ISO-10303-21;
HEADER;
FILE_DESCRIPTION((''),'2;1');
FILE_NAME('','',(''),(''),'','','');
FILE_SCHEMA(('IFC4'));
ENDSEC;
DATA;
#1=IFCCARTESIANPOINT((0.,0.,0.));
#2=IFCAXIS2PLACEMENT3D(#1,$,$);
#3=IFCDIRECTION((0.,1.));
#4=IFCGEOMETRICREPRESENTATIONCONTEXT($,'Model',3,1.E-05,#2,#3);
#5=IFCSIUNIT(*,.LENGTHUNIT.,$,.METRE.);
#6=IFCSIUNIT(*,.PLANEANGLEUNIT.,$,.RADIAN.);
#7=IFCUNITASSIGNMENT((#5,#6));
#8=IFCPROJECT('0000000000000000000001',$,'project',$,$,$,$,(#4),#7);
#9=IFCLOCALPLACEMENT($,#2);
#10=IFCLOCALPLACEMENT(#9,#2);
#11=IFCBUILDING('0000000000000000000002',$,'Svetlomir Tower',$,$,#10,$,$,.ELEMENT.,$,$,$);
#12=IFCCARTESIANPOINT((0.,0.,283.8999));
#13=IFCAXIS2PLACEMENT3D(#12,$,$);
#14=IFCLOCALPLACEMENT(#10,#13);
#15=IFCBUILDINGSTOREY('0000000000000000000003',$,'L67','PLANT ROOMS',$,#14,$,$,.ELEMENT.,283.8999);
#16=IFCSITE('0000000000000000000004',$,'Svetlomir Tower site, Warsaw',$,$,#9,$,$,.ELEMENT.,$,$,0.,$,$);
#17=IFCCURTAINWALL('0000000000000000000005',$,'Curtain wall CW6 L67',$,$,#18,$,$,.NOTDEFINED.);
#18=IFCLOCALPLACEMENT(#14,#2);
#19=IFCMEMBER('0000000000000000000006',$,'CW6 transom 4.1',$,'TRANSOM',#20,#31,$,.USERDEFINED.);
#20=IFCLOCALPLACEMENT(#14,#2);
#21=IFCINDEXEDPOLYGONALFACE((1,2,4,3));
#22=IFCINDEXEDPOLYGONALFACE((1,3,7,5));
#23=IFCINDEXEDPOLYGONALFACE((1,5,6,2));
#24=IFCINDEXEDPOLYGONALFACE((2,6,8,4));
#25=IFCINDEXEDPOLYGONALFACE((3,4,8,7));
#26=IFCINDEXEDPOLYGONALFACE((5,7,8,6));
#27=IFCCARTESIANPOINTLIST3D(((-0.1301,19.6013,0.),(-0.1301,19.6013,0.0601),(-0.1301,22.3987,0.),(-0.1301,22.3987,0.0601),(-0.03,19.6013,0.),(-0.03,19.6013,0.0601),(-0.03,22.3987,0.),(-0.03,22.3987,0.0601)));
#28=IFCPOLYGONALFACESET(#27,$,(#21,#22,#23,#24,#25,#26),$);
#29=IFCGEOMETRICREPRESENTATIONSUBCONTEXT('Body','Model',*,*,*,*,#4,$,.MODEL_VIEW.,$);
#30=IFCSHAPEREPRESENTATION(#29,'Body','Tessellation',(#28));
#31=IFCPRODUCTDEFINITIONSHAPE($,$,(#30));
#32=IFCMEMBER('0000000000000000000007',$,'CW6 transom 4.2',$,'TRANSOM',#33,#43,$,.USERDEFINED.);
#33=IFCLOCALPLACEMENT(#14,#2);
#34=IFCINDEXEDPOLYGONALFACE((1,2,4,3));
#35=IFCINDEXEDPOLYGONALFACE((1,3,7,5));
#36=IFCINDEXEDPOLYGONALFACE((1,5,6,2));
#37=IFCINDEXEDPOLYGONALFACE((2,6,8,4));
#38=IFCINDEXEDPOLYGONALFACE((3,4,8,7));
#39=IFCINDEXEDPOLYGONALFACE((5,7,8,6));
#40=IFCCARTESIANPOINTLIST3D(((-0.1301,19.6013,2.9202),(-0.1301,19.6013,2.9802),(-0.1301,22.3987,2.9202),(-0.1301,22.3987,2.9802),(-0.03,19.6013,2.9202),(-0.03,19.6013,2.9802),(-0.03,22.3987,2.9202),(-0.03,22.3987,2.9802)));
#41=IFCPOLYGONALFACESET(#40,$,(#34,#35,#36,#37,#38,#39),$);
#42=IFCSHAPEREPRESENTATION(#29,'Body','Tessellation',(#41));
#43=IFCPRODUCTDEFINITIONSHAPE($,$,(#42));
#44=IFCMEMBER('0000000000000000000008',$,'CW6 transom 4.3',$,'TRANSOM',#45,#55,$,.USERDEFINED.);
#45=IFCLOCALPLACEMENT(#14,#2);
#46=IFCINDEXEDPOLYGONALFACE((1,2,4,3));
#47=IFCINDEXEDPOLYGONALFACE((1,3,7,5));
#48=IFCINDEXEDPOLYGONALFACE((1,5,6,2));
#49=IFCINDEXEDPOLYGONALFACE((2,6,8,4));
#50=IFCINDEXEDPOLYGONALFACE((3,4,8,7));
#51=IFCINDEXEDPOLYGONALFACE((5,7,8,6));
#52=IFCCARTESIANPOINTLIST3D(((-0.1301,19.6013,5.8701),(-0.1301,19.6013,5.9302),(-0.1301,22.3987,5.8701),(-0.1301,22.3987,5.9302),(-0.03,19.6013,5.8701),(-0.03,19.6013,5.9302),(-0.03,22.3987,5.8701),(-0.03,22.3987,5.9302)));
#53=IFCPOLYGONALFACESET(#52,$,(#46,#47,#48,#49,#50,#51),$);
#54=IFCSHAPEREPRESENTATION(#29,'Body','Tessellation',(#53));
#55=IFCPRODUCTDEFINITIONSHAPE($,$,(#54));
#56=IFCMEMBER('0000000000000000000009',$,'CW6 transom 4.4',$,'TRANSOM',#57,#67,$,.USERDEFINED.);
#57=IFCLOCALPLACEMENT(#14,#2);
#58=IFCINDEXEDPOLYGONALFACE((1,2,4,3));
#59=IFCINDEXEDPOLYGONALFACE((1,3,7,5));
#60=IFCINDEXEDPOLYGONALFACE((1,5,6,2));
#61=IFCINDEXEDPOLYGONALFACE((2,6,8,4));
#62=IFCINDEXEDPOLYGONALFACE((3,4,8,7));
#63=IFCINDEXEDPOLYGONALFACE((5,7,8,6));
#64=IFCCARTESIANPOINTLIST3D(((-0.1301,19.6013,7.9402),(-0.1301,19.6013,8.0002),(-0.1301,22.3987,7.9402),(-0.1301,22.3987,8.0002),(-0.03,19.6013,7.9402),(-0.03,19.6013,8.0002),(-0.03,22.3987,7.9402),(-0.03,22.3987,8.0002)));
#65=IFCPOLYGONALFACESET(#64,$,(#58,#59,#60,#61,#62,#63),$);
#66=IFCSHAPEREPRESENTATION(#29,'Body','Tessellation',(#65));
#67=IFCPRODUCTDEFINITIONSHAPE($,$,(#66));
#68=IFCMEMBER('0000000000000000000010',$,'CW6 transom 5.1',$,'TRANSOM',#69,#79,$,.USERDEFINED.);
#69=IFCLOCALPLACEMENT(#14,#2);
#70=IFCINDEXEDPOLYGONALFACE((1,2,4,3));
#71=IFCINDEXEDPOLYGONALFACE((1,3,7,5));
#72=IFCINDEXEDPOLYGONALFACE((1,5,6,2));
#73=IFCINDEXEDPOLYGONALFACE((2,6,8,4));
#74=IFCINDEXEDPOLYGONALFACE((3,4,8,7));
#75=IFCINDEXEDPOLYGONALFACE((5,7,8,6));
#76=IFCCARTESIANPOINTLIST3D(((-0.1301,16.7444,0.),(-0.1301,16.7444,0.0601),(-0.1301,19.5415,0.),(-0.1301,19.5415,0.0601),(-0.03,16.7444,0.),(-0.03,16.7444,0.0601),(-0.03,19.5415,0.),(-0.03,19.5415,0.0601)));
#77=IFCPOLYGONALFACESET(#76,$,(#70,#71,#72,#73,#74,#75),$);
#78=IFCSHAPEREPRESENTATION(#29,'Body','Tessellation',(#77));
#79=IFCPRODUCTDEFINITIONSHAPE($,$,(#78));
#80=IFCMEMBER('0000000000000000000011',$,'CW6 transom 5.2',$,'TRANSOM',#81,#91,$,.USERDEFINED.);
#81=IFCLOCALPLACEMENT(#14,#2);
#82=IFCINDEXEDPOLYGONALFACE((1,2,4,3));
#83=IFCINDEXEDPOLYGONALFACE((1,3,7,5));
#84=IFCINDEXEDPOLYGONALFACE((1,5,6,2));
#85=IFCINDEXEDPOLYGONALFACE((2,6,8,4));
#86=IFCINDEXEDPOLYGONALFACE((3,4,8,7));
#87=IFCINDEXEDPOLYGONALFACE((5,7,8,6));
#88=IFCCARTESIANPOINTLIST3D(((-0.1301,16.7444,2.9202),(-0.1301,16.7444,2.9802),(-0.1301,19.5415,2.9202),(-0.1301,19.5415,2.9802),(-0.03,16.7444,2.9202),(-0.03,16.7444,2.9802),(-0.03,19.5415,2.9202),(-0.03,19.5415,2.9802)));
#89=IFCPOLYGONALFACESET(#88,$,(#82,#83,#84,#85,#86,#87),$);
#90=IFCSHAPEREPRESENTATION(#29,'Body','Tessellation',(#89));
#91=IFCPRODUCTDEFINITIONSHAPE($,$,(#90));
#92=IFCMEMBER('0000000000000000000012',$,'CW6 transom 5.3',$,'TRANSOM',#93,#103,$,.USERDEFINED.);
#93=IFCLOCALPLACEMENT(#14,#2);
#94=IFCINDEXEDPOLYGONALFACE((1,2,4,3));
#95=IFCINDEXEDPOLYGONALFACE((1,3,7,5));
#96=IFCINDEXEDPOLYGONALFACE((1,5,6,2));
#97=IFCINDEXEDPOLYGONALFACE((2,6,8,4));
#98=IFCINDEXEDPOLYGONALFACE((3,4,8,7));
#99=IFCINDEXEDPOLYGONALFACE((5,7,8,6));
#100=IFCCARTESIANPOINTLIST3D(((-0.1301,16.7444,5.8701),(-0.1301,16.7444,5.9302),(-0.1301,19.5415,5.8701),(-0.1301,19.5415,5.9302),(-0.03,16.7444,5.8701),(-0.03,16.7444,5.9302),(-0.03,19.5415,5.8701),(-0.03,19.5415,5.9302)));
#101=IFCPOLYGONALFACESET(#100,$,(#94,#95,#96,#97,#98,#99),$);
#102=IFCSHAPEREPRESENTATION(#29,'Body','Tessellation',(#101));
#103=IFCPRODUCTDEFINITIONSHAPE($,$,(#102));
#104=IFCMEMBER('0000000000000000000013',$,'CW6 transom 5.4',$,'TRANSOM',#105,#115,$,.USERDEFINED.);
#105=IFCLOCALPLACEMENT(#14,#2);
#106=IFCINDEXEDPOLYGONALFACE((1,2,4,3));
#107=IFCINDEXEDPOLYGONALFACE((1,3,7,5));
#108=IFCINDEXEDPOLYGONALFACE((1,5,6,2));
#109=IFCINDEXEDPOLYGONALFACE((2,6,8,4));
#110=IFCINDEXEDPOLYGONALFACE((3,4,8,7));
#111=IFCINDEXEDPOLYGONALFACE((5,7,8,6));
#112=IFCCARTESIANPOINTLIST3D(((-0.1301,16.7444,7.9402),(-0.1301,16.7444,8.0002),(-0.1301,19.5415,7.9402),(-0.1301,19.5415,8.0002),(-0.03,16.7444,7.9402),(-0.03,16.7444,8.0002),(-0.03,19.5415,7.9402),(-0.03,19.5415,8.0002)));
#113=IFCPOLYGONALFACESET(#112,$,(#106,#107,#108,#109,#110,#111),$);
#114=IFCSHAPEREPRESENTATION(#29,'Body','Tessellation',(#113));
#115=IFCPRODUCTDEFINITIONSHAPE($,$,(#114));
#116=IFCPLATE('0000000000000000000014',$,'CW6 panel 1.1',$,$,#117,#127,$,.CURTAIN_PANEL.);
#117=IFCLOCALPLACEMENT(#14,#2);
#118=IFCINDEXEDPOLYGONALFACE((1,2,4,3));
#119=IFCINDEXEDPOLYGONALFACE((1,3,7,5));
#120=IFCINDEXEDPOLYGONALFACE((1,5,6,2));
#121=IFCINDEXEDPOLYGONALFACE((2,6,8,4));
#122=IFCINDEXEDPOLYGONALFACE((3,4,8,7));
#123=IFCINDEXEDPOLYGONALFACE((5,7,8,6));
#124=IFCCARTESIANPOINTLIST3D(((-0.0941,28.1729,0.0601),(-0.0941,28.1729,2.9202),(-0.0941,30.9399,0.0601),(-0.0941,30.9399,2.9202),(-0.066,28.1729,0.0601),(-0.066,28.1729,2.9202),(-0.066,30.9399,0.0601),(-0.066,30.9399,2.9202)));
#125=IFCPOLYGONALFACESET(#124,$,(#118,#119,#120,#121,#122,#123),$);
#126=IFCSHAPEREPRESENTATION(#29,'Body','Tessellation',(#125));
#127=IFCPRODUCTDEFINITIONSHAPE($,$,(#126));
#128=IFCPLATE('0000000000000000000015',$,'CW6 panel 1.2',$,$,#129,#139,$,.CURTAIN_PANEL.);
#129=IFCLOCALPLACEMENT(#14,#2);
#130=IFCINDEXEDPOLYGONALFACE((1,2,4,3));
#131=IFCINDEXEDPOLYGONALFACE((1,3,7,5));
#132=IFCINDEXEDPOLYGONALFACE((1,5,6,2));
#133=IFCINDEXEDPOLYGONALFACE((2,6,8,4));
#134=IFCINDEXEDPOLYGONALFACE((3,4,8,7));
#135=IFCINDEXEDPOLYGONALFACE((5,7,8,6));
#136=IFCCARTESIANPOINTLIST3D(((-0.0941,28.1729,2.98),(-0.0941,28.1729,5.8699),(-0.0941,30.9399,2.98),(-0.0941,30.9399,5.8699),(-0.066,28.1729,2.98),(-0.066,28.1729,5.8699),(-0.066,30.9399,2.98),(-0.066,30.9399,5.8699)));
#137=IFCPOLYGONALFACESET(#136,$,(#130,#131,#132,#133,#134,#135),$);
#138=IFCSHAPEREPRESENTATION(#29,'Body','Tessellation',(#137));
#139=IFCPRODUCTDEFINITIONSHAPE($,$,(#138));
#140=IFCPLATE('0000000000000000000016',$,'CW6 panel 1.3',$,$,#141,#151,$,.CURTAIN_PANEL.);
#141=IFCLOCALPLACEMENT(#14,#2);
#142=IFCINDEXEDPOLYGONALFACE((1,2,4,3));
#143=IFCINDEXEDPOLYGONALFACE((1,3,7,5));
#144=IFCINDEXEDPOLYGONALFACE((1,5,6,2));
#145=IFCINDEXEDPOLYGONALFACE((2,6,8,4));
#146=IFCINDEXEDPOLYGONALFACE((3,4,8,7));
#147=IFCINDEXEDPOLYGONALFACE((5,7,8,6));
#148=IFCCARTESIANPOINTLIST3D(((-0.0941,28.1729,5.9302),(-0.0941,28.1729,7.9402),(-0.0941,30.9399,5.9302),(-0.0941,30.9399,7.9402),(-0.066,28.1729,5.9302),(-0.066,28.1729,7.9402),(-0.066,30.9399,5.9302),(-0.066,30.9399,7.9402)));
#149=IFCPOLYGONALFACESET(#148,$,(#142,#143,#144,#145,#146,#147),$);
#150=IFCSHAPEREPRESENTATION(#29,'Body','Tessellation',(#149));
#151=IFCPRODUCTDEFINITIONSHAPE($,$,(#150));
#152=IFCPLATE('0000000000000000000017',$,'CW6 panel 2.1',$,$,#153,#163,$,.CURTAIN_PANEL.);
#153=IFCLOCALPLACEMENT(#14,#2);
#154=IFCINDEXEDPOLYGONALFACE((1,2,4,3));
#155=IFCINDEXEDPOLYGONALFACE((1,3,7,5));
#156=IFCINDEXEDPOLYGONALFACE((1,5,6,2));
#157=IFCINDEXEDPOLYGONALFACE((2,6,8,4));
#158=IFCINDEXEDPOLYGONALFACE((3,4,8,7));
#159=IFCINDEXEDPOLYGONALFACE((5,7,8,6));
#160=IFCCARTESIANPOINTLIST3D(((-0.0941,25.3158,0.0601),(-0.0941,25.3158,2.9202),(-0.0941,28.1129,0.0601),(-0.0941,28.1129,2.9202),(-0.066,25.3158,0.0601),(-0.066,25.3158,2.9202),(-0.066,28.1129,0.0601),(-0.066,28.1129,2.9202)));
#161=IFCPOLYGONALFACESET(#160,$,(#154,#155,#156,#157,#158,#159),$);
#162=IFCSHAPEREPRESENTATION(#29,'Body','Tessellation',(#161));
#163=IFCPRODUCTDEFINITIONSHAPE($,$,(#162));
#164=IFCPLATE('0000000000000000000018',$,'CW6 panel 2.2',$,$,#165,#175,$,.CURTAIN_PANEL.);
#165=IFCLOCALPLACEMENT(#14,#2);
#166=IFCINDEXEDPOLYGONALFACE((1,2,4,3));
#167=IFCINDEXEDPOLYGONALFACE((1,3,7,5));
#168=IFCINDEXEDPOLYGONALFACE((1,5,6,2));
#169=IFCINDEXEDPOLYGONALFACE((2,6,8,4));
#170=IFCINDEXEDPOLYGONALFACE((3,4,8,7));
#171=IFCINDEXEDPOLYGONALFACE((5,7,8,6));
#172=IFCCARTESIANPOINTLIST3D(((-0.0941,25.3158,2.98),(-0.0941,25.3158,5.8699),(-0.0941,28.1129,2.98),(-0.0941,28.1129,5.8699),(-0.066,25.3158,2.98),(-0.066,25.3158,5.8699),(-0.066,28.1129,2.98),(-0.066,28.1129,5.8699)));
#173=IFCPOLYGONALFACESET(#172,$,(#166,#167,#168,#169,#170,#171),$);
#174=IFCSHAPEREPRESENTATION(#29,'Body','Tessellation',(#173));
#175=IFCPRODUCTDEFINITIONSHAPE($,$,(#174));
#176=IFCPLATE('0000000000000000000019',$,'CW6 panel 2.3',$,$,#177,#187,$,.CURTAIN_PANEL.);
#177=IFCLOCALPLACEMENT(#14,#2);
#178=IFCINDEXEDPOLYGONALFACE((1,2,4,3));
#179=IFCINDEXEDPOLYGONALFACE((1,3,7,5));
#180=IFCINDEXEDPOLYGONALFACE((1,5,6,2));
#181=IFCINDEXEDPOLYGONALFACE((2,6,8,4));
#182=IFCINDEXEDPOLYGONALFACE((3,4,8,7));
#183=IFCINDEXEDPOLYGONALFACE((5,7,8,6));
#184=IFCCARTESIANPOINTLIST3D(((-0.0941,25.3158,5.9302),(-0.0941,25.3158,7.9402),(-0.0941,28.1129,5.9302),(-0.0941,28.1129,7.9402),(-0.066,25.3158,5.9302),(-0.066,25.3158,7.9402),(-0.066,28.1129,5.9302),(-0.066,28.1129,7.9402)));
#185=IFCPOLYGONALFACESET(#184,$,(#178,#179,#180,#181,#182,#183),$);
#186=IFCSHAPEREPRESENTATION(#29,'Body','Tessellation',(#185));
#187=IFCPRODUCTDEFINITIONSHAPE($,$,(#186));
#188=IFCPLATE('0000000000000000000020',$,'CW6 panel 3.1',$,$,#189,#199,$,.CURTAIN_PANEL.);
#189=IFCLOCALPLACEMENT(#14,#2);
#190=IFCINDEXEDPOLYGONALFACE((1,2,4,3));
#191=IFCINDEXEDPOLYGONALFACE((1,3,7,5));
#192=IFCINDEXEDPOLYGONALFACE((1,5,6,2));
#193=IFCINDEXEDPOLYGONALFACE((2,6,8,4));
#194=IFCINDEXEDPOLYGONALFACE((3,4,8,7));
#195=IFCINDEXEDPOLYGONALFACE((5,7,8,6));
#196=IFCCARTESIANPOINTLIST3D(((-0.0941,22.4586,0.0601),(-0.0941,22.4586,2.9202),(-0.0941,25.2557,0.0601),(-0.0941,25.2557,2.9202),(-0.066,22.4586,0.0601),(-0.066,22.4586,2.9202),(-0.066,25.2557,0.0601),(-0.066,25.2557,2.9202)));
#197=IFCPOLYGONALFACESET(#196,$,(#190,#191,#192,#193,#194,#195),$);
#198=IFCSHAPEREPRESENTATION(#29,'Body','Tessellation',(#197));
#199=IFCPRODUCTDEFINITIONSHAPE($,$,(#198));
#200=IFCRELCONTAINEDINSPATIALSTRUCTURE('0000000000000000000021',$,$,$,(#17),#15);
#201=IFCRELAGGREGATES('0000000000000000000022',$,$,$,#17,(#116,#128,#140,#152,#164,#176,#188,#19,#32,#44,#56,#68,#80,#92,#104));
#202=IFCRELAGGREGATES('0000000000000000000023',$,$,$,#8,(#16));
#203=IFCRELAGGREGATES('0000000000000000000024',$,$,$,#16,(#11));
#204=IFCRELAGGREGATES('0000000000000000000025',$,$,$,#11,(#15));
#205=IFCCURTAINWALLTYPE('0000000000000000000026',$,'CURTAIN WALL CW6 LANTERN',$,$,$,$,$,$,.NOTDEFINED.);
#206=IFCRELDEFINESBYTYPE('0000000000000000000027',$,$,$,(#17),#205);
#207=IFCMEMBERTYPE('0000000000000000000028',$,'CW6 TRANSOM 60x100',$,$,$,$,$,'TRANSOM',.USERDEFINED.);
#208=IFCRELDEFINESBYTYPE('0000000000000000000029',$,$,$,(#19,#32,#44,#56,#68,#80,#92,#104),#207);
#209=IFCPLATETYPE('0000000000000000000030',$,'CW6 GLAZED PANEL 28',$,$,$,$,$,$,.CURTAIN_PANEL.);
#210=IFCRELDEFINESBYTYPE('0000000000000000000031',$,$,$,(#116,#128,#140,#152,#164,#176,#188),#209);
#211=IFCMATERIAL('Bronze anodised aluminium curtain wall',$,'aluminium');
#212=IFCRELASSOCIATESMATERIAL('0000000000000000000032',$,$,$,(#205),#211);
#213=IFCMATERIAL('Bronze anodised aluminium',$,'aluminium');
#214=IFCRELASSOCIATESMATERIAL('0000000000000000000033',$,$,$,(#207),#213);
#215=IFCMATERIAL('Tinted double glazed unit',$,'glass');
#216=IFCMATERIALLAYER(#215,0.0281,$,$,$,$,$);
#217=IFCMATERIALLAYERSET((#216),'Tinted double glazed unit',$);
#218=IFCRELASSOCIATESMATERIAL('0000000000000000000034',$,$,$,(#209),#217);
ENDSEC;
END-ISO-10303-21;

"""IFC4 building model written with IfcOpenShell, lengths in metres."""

from ifc_helpers import new_model, si_unit, direction, frame, origin, origin_2d, place, context, subcontext, project, spatial, rectangle, extrude, material, layer, layer_set, material_profile, profile_set, type_object, element, aggregate, save


model = new_model("IFC4")

# Units and contexts
model_context = context("Model", 3, precision=1e-05, world=origin(), true_north=direction((0.0, 1.0)))
body_context = subcontext(model_context, "Body", "Model", "MODEL_VIEW")
ifc_project = project(units=[si_unit("LENGTHUNIT", "METRE"), si_unit("PLANEANGLEUNIT", "RADIAN")], contexts=[model_context])

# Site, building, storey
site_placement = place(None, origin())
site = spatial("IfcSite", under=ifc_project, at=site_placement, Name="Svetlomir Tower site, Warsaw", CompositionType="ELEMENT", RefElevation=0.0)
building_placement = place(site_placement, origin())
building = spatial("IfcBuilding", under=site, at=building_placement, Name="Svetlomir Tower", CompositionType="ELEMENT")
storey_placement = place(building_placement, frame((0.0, 0.0, 283.8999)))
storey = spatial("IfcBuildingStorey", under=building, at=storey_placement, Name="L67", Description="PLANT ROOMS", CompositionType="ELEMENT", Elevation=283.8999)

# Curtain wall, members, plates
ifc_material_1 = material(Name="Bronze anodised aluminium curtain wall", Category="aluminium")
curtain_wall_type = type_object("IfcCurtainWallType", Name="CURTAIN WALL CW6 LANTERN", PredefinedType="NOTDEFINED", material=ifc_material_1)
curtain_wall_placement = place(storey_placement, origin())
curtain_wall = element("IfcCurtainWall", 1, at=curtain_wall_placement, inside=storey, type_object=curtain_wall_type, Name="Curtain wall CW6 L67", PredefinedType="NOTDEFINED")
ifc_material_2 = material(Name="Bronze anodised aluminium", Category="aluminium")
ifc_material_profile_1 = material_profile(ifc_material_2, rectangle(XDim=0.1001, YDim=0.0601, at=origin_2d()), Name="AL 100x60")
ifc_profile_set_1 = profile_set([ifc_material_profile_1], Name="Bronze anodised aluminium 6063-T6")
member_type_1 = type_object("IfcMemberType", Name="CW6 TRANSOM 60x100", ElementType="TRANSOM", PredefinedType="USERDEFINED", material=ifc_profile_set_1)
member_1_placement = place(storey_placement, frame((-0.0801, 22.3987, 0.03), z_axis=(0.0, -1.0, 0.0), x_axis=(1.0, 0.0, 0.0)))
member_1 = element("IfcMember", 2, at=member_1_placement, type_object=member_type_1, Name="CW6 transom 4.1", ObjectType="TRANSOM", PredefinedType="USERDEFINED", context=body_context, shape_type="SweptSolid", body=[
    extrude(rectangle(XDim=0.1001, YDim=0.0601, at=origin_2d()), origin(), (0.0, 0.0, 1.0), 2.7974),
])
member_2_placement = place(storey_placement, frame((-0.0801, 22.3987, 2.9502), z_axis=(0.0, -1.0, 0.0), x_axis=(1.0, 0.0, 0.0)))
member_2 = element("IfcMember", 3, at=member_2_placement, type_object=member_type_1, Name="CW6 transom 4.2", ObjectType="TRANSOM", PredefinedType="USERDEFINED", context=body_context, shape_type="SweptSolid", body=[
    extrude(rectangle(XDim=0.1001, YDim=0.0601, at=origin_2d()), origin(), (0.0, 0.0, 1.0), 2.7974),
])
member_3_placement = place(storey_placement, frame((-0.0801, 22.3987, 5.9001), z_axis=(0.0, -1.0, 0.0), x_axis=(1.0, 0.0, 0.0)))
member_3 = element("IfcMember", 4, at=member_3_placement, type_object=member_type_1, Name="CW6 transom 4.3", ObjectType="TRANSOM", PredefinedType="USERDEFINED", context=body_context, shape_type="SweptSolid", body=[
    extrude(rectangle(XDim=0.1001, YDim=0.0601, at=origin_2d()), origin(), (0.0, 0.0, 1.0), 2.7974),
])
member_4_placement = place(storey_placement, frame((-0.0801, 22.3987, 7.9702), z_axis=(0.0, -1.0, 0.0), x_axis=(1.0, 0.0, 0.0)))
member_4 = element("IfcMember", 5, at=member_4_placement, type_object=member_type_1, Name="CW6 transom 4.4", ObjectType="TRANSOM", PredefinedType="USERDEFINED", context=body_context, shape_type="SweptSolid", body=[
    extrude(rectangle(XDim=0.1001, YDim=0.0601, at=origin_2d()), origin(), (0.0, 0.0, 1.0), 2.7974),
])
member_5_placement = place(storey_placement, frame((-0.0801, 19.5415, 0.03), z_axis=(0.0, -1.0, 0.0), x_axis=(1.0, 0.0, 0.0)))
member_5 = element("IfcMember", 6, at=member_5_placement, type_object=member_type_1, Name="CW6 transom 5.1", ObjectType="TRANSOM", PredefinedType="USERDEFINED", context=body_context, shape_type="SweptSolid", body=[
    extrude(rectangle(XDim=0.1001, YDim=0.0601, at=origin_2d()), origin(), (0.0, 0.0, 1.0), 2.7971),
])
member_6_placement = place(storey_placement, frame((-0.0801, 19.5415, 2.9502), z_axis=(0.0, -1.0, 0.0), x_axis=(1.0, 0.0, 0.0)))
member_6 = element("IfcMember", 7, at=member_6_placement, type_object=member_type_1, Name="CW6 transom 5.2", ObjectType="TRANSOM", PredefinedType="USERDEFINED", context=body_context, shape_type="SweptSolid", body=[
    extrude(rectangle(XDim=0.1001, YDim=0.0601, at=origin_2d()), origin(), (0.0, 0.0, 1.0), 2.7971),
])
member_7_placement = place(storey_placement, frame((-0.0801, 19.5415, 5.9001), z_axis=(0.0, -1.0, 0.0), x_axis=(1.0, 0.0, 0.0)))
member_7 = element("IfcMember", 8, at=member_7_placement, type_object=member_type_1, Name="CW6 transom 5.3", ObjectType="TRANSOM", PredefinedType="USERDEFINED", context=body_context, shape_type="SweptSolid", body=[
    extrude(rectangle(XDim=0.1001, YDim=0.0601, at=origin_2d()), origin(), (0.0, 0.0, 1.0), 2.7971),
])
member_8_placement = place(storey_placement, frame((-0.0801, 19.5415, 7.9702), z_axis=(0.0, -1.0, 0.0), x_axis=(1.0, 0.0, 0.0)))
member_8 = element("IfcMember", 9, at=member_8_placement, type_object=member_type_1, Name="CW6 transom 5.4", ObjectType="TRANSOM", PredefinedType="USERDEFINED", context=body_context, shape_type="SweptSolid", body=[
    extrude(rectangle(XDim=0.1001, YDim=0.0601, at=origin_2d()), origin(), (0.0, 0.0, 1.0), 2.7971),
])
ifc_material_3 = material(Name="Tinted double glazed unit", Category="glass")
ifc_layer = layer(ifc_material_3, 0.0281)
ifc_layer_set = layer_set([ifc_layer], Name="Tinted double glazed unit")
plate_type = type_object("IfcPlateType", Name="CW6 GLAZED PANEL 28", PredefinedType="CURTAIN_PANEL", material=ifc_layer_set)
plate_1_placement = place(storey_placement, frame((-0.0801, 29.5564, 0.0601), z_axis=(0.0, 0.0, 1.0), x_axis=(0.0, -1.0, 0.0)))
plate_1 = element("IfcPlate", 10, at=plate_1_placement, type_object=plate_type, Name="CW6 panel 1.1", PredefinedType="CURTAIN_PANEL", context=body_context, shape_type="SweptSolid", body=[
    extrude(rectangle(XDim=2.7671, YDim=0.0281, at=origin_2d()), origin(), (0.0, 0.0, 1.0), 2.8601),
])
plate_2_placement = place(storey_placement, frame((-0.0801, 29.5564, 2.98), z_axis=(0.0, 0.0, 1.0), x_axis=(0.0, -1.0, 0.0)))
plate_2 = element("IfcPlate", 11, at=plate_2_placement, type_object=plate_type, Name="CW6 panel 1.2", PredefinedType="CURTAIN_PANEL", context=body_context, shape_type="SweptSolid", body=[
    extrude(rectangle(XDim=2.7671, YDim=0.0281, at=origin_2d()), origin(), (0.0, 0.0, 1.0), 2.8899),
])
plate_3_placement = place(storey_placement, frame((-0.0801, 29.5564, 5.9302), z_axis=(0.0, 0.0, 1.0), x_axis=(0.0, -1.0, 0.0)))
plate_3 = element("IfcPlate", 12, at=plate_3_placement, type_object=plate_type, Name="CW6 panel 1.3", PredefinedType="CURTAIN_PANEL", context=body_context, shape_type="SweptSolid", body=[
    extrude(rectangle(XDim=2.7671, YDim=0.0281, at=origin_2d()), origin(), (0.0, 0.0, 1.0), 2.01),
])
plate_4_placement = place(storey_placement, frame((-0.0801, 26.7144, 0.0601), z_axis=(0.0, 0.0, 1.0), x_axis=(0.0, -1.0, 0.0)))
plate_4 = element("IfcPlate", 13, at=plate_4_placement, type_object=plate_type, Name="CW6 panel 2.1", PredefinedType="CURTAIN_PANEL", context=body_context, shape_type="SweptSolid", body=[
    extrude(rectangle(XDim=2.7971, YDim=0.0281, at=origin_2d()), origin(), (0.0, 0.0, 1.0), 2.8601),
])
plate_5_placement = place(storey_placement, frame((-0.0801, 26.7144, 2.98), z_axis=(0.0, 0.0, 1.0), x_axis=(0.0, -1.0, 0.0)))
plate_5 = element("IfcPlate", 14, at=plate_5_placement, type_object=plate_type, Name="CW6 panel 2.2", PredefinedType="CURTAIN_PANEL", context=body_context, shape_type="SweptSolid", body=[
    extrude(rectangle(XDim=2.7971, YDim=0.0281, at=origin_2d()), origin(), (0.0, 0.0, 1.0), 2.8899),
])
plate_6_placement = place(storey_placement, frame((-0.0801, 26.7144, 5.9302), z_axis=(0.0, 0.0, 1.0), x_axis=(0.0, -1.0, 0.0)))
plate_6 = element("IfcPlate", 15, at=plate_6_placement, type_object=plate_type, Name="CW6 panel 2.3", PredefinedType="CURTAIN_PANEL", context=body_context, shape_type="SweptSolid", body=[
    extrude(rectangle(XDim=2.7971, YDim=0.0281, at=origin_2d()), origin(), (0.0, 0.0, 1.0), 2.01),
])
plate_7_placement = place(storey_placement, frame((-0.0801, 23.8572, 0.0601), z_axis=(0.0, 0.0, 1.0), x_axis=(0.0, -1.0, 0.0)))
plate_7 = element("IfcPlate", 16, at=plate_7_placement, type_object=plate_type, Name="CW6 panel 3.1", PredefinedType="CURTAIN_PANEL", context=body_context, shape_type="SweptSolid", body=[
    extrude(rectangle(XDim=2.7971, YDim=0.0281, at=origin_2d()), origin(), (0.0, 0.0, 1.0), 2.8601),
])
aggregate(curtain_wall, [plate_1, plate_2, plate_3, plate_4, plate_5, plate_6, plate_7, member_1, member_2, member_3, member_4, member_5, member_6, member_7, member_8])

save(model, "model.ifc")
